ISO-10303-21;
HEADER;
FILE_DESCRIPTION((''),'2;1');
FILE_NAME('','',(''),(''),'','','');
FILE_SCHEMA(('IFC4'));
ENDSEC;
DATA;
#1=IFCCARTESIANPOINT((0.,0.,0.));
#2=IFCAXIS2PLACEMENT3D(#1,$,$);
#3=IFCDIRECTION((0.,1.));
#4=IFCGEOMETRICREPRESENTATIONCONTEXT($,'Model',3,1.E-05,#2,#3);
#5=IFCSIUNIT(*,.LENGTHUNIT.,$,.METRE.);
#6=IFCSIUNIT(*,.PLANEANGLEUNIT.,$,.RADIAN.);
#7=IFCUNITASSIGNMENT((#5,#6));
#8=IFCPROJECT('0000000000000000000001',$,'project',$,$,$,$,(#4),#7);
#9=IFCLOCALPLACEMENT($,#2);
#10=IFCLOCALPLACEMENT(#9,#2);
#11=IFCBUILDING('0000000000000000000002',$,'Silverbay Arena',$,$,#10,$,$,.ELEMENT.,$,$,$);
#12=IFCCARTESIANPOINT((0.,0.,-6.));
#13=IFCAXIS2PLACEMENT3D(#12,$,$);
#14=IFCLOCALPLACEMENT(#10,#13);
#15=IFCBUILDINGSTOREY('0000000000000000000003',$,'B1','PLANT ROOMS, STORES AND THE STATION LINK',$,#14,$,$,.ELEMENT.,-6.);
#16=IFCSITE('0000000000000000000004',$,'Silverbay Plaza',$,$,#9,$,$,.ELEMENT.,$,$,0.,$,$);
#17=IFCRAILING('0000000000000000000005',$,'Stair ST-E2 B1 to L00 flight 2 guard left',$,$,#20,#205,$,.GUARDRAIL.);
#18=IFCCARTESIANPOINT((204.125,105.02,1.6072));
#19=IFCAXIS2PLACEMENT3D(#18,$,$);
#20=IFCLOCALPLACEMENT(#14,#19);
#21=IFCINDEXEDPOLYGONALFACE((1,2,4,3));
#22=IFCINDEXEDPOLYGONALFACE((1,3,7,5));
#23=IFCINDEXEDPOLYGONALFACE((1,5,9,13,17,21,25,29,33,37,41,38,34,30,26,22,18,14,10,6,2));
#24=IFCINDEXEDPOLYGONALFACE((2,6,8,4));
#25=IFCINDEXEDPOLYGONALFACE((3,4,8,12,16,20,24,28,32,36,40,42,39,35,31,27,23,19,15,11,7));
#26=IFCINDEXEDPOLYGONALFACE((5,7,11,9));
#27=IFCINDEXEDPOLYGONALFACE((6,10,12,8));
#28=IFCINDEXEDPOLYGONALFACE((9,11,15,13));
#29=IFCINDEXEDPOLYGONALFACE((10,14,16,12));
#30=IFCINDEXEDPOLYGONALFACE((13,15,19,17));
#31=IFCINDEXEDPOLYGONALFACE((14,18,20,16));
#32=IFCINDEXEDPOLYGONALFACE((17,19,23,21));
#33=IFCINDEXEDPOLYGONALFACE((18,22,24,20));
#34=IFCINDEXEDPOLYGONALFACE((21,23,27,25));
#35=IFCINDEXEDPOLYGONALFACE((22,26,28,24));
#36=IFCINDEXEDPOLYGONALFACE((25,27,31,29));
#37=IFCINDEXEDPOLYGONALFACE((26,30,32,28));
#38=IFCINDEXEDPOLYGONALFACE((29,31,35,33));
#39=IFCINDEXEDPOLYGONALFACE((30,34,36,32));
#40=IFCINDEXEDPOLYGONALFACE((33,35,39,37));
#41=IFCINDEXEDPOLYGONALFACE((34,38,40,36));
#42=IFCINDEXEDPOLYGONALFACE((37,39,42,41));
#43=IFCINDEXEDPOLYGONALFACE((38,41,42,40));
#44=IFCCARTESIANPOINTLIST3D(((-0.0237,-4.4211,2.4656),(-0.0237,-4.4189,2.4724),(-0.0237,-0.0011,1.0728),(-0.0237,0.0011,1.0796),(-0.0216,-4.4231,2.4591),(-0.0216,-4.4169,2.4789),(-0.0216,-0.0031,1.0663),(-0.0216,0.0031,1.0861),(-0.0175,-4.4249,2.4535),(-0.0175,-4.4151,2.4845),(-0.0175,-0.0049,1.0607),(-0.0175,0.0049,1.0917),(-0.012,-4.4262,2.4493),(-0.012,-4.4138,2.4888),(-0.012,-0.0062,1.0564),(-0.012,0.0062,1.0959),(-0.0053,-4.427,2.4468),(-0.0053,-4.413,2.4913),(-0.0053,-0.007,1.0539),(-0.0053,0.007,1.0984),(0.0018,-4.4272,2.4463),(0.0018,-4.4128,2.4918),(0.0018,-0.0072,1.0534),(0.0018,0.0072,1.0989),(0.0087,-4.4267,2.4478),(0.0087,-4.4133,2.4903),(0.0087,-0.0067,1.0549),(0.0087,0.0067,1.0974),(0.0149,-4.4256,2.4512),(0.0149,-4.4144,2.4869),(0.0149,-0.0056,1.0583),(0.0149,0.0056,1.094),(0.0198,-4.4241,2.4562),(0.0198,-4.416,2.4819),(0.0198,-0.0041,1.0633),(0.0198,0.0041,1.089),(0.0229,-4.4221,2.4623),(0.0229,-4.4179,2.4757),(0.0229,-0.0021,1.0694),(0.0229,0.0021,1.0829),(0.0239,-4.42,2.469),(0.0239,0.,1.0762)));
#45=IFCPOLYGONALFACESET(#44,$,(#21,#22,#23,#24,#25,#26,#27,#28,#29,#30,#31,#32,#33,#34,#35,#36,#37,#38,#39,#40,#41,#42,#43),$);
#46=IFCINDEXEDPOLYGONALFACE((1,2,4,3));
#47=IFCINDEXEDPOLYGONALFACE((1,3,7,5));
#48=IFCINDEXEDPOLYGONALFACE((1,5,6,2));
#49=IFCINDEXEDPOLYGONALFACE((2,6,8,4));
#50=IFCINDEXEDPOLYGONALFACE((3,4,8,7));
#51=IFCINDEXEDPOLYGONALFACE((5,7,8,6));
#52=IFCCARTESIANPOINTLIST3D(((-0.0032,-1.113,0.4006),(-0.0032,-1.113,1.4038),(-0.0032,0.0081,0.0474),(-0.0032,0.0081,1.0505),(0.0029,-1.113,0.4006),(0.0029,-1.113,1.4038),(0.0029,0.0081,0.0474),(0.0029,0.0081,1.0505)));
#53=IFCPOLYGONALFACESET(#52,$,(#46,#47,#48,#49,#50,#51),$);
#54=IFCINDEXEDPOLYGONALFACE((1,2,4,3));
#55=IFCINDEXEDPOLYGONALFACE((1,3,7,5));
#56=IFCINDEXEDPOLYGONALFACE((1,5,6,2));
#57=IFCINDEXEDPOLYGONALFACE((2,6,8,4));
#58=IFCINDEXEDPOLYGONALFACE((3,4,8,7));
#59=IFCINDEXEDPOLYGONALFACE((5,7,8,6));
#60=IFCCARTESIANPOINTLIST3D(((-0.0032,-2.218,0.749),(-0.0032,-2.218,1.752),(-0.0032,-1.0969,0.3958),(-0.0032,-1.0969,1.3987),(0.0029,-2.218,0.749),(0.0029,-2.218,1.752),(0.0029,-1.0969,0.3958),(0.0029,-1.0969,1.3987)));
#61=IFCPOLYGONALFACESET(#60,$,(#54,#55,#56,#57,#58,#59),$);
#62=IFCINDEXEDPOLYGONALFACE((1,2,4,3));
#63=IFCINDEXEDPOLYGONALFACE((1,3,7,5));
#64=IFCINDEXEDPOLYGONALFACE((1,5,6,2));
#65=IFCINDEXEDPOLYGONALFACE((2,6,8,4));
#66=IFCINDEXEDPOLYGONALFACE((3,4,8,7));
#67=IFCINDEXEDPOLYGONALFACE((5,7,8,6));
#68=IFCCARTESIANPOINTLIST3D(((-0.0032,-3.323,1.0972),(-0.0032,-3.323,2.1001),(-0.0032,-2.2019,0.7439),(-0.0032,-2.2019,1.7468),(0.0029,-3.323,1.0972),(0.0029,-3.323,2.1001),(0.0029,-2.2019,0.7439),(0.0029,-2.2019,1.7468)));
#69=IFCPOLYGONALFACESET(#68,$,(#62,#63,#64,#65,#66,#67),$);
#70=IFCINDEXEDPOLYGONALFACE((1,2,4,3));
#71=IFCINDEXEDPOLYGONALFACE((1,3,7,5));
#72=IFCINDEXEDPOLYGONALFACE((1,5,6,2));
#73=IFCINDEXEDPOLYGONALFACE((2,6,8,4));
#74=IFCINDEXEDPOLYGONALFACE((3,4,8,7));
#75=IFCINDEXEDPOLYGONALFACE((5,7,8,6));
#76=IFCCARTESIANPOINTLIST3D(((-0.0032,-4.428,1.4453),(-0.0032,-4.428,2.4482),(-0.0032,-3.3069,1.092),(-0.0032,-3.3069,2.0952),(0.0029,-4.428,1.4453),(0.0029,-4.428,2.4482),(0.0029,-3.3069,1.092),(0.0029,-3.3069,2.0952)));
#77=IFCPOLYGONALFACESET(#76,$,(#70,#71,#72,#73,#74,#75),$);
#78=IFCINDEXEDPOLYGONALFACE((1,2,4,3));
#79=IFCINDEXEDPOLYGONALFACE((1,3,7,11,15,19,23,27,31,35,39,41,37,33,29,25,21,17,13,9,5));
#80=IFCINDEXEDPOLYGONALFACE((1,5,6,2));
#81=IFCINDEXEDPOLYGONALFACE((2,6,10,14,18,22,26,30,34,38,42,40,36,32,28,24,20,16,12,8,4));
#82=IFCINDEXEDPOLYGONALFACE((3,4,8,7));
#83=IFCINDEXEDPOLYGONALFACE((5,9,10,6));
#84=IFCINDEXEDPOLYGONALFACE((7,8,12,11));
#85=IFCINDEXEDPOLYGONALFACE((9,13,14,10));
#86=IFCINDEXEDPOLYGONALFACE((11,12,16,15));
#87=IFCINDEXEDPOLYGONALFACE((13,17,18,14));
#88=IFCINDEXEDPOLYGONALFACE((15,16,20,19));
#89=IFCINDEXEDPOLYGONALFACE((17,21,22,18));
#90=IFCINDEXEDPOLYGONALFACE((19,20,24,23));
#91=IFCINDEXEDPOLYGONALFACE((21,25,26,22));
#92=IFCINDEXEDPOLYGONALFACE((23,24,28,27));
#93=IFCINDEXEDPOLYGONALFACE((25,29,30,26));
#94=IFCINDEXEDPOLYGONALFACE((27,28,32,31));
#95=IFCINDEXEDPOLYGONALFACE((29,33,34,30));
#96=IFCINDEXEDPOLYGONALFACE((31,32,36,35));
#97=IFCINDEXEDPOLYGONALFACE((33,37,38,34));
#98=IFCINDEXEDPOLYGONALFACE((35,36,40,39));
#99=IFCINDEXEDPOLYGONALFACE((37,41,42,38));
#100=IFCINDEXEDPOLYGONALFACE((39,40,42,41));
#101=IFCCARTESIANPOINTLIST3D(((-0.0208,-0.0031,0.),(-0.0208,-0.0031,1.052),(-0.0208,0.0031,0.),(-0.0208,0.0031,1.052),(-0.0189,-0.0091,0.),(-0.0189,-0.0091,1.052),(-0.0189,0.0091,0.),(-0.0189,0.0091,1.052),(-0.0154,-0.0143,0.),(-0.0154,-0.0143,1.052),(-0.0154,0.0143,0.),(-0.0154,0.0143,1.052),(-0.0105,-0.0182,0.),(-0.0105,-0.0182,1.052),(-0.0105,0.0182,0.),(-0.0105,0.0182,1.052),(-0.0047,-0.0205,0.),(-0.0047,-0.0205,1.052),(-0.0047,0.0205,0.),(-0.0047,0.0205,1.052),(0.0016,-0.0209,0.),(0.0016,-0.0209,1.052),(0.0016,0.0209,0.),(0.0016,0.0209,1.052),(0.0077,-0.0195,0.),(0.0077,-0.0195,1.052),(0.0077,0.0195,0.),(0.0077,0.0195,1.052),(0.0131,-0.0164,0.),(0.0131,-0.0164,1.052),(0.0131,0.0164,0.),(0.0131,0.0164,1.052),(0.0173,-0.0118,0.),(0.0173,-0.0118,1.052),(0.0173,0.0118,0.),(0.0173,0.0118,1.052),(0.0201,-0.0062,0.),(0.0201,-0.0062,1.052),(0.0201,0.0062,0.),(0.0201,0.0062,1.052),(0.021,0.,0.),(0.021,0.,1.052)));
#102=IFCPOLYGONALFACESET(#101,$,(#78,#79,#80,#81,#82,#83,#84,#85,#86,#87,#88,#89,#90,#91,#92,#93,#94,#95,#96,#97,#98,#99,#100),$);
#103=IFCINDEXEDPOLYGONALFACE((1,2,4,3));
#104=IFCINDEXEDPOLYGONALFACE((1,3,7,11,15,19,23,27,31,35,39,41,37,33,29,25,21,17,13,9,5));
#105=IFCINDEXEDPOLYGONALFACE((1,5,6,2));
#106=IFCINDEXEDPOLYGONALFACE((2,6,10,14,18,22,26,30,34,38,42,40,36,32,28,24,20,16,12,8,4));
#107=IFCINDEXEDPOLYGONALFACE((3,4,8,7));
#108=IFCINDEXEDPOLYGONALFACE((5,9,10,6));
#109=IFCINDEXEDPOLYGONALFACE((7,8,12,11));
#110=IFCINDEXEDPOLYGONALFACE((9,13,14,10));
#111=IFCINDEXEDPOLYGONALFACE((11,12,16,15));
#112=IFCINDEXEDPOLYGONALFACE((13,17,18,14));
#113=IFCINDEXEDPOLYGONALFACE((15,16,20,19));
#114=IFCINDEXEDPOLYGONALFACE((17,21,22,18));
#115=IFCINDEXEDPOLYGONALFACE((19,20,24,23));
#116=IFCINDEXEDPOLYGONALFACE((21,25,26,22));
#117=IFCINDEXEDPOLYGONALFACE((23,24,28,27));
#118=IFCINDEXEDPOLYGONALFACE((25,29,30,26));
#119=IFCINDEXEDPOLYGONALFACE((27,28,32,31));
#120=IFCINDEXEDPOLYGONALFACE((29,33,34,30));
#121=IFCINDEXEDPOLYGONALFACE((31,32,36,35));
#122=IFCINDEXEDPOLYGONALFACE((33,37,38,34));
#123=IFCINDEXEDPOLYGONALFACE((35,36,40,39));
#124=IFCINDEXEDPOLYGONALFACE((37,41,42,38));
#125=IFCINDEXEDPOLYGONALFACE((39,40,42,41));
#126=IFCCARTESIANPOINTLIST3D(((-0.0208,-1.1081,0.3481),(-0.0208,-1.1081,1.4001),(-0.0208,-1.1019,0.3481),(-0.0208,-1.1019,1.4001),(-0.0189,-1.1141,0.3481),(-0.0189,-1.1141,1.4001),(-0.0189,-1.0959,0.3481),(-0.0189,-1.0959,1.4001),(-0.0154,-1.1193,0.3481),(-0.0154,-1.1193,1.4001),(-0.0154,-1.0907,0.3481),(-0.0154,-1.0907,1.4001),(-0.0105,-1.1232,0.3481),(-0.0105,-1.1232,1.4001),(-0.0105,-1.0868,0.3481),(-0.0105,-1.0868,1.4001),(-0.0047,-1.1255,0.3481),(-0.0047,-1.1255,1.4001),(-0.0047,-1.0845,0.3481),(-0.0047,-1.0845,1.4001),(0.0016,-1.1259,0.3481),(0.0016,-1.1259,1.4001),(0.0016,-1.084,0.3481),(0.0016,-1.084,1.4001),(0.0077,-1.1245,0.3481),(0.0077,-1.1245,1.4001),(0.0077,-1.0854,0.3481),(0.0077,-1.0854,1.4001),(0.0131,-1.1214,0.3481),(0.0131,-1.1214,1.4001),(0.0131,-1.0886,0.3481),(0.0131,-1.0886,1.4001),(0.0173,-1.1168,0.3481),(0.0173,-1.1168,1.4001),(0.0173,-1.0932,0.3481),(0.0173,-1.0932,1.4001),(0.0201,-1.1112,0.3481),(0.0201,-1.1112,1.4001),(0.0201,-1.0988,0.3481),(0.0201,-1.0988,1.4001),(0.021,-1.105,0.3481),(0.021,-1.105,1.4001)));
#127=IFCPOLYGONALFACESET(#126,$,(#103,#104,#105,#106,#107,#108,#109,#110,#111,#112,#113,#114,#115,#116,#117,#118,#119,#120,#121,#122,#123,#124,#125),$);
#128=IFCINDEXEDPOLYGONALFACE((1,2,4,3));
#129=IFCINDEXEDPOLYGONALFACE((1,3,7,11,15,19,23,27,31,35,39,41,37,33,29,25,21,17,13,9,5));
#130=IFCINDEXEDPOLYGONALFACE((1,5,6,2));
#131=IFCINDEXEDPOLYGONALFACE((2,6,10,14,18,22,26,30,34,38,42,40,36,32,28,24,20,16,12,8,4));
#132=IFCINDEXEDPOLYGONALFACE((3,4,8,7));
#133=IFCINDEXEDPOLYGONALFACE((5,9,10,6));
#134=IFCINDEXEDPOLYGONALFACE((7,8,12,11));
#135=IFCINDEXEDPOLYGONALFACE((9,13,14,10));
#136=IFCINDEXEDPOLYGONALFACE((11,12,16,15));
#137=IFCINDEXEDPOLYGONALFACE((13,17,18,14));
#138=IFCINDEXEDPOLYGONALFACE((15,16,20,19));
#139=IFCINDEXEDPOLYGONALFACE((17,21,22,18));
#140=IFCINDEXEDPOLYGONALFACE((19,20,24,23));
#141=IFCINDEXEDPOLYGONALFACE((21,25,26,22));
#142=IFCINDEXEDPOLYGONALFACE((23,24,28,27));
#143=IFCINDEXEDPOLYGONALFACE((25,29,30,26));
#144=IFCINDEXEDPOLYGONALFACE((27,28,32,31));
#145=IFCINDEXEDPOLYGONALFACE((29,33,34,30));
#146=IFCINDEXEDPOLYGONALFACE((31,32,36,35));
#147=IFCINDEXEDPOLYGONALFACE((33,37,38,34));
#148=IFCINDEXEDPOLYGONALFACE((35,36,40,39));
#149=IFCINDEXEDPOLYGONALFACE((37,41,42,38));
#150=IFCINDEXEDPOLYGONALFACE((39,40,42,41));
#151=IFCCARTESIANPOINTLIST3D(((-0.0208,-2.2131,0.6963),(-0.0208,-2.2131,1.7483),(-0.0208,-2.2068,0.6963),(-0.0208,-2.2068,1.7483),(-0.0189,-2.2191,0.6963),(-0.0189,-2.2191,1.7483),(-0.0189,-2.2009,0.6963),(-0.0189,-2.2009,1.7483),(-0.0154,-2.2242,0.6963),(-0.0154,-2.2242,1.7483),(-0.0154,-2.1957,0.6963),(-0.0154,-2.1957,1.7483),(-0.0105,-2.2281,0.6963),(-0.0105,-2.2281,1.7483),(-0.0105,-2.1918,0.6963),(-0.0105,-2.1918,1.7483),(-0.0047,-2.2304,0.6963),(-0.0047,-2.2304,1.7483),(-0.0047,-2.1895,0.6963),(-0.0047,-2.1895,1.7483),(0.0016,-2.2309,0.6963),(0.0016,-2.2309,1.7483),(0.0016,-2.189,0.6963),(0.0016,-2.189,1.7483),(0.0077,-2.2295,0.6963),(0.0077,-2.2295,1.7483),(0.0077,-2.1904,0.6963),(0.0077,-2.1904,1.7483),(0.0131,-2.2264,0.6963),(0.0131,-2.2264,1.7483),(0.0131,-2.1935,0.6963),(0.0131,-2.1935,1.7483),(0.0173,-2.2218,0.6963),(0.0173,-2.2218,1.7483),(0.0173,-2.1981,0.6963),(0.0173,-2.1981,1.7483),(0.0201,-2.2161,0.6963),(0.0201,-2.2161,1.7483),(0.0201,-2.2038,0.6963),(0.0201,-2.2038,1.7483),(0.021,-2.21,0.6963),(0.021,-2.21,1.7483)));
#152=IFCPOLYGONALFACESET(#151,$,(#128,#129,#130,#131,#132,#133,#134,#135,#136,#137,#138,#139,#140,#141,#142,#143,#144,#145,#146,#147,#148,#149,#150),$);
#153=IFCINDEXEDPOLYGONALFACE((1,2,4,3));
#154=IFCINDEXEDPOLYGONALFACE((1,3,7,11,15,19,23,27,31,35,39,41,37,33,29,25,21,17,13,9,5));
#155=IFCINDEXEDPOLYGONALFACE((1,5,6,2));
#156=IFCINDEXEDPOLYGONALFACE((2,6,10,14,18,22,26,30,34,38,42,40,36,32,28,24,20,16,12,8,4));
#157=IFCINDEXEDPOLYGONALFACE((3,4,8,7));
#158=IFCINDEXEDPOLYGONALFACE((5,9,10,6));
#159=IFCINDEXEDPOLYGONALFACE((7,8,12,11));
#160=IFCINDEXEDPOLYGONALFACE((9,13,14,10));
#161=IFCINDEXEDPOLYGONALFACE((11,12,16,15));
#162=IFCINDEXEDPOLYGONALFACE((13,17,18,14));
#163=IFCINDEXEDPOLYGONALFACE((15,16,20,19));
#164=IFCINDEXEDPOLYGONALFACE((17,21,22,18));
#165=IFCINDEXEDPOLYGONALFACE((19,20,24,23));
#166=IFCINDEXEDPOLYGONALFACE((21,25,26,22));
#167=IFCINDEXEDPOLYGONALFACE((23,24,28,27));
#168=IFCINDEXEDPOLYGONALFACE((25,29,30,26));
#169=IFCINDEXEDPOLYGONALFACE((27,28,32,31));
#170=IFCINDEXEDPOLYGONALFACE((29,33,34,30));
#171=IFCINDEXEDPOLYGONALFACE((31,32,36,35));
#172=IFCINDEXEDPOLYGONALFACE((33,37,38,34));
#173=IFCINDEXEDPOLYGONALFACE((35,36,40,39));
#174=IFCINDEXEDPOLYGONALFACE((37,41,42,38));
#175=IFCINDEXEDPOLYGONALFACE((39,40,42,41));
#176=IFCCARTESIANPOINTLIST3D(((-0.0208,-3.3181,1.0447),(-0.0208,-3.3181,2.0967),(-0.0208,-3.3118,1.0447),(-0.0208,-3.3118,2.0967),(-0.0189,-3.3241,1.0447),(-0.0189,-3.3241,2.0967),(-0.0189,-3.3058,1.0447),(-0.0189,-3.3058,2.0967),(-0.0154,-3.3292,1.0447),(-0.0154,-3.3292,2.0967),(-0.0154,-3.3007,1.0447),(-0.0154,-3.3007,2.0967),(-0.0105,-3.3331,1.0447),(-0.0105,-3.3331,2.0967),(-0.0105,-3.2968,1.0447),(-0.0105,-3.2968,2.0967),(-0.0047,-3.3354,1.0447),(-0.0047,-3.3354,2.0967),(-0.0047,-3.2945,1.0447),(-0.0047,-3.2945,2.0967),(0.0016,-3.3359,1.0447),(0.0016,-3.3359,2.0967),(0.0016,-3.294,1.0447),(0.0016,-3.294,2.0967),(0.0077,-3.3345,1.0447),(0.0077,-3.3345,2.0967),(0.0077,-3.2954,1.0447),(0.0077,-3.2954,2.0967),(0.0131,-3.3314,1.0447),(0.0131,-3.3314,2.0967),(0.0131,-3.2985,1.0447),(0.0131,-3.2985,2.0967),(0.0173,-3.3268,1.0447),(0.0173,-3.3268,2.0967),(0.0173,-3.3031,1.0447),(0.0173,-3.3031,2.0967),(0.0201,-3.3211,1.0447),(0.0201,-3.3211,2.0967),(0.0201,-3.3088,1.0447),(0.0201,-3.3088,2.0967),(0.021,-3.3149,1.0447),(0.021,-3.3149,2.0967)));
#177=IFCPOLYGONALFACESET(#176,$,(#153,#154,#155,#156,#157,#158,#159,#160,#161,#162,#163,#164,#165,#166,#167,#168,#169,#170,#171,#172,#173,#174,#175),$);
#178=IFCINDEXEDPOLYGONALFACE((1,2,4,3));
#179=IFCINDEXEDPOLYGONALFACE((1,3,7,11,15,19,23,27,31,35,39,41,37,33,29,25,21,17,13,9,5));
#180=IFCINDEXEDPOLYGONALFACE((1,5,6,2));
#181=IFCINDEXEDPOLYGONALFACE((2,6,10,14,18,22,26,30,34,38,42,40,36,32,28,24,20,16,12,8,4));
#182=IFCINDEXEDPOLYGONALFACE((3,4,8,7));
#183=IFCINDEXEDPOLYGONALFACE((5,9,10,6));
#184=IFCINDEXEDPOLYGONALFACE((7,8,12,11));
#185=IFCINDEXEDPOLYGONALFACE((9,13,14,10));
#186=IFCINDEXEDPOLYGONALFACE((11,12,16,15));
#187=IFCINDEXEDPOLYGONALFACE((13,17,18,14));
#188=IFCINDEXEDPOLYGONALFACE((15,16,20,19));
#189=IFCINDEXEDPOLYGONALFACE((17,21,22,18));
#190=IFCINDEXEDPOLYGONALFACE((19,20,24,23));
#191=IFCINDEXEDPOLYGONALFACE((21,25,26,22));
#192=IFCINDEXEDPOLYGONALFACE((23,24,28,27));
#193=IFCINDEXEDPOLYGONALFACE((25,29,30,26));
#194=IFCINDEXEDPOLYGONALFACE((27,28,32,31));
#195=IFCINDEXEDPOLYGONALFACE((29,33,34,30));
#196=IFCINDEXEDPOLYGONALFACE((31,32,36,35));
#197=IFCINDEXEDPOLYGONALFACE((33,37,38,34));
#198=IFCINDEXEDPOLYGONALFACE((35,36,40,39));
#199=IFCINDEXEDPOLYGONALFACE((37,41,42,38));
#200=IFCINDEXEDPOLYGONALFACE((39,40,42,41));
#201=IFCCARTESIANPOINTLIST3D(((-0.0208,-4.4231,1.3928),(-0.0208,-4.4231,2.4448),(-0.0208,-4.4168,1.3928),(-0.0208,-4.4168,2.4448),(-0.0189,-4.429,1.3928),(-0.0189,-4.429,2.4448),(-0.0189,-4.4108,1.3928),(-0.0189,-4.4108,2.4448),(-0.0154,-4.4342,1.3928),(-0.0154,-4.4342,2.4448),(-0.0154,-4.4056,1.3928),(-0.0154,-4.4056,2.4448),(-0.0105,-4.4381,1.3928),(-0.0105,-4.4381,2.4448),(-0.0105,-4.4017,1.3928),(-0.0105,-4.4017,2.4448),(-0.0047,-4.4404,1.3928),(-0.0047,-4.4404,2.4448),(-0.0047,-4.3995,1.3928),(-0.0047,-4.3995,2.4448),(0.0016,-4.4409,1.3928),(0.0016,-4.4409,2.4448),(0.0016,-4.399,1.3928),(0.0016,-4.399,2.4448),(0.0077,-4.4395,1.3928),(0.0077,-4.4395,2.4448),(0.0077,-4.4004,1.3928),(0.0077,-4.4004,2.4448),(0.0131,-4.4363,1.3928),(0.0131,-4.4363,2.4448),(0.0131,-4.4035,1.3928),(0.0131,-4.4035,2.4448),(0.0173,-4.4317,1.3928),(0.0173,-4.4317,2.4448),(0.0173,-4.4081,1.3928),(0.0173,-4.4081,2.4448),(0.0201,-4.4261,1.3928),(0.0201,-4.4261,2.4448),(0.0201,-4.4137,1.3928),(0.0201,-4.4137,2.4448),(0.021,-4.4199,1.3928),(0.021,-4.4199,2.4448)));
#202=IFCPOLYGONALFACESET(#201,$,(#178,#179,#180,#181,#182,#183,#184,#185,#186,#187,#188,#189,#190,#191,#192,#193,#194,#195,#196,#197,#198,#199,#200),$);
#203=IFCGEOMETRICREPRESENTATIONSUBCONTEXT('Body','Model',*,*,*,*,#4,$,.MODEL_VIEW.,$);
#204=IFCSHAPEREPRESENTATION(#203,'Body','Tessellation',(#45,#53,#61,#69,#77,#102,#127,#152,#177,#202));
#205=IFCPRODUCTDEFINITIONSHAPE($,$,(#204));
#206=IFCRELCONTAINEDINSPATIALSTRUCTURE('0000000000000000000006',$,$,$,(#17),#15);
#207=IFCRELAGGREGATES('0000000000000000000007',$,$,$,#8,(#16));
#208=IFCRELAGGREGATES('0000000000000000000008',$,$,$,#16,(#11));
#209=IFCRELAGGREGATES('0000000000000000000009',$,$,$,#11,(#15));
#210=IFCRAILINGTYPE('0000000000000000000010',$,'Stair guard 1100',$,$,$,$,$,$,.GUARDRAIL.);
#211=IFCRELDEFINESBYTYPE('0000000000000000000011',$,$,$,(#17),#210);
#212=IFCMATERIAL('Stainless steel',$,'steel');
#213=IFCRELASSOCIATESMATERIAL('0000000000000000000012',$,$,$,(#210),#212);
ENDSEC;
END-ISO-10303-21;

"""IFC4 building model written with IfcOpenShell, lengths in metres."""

from ifc_helpers import new_model, si_unit, direction, frame, origin, origin_2d, place, context, subcontext, project, spatial, polyline, circle, outline, extrude, material, type_object, element, save


model = new_model("IFC4")

# Units and contexts
model_context = context("Model", 3, precision=1e-05, world=origin(), true_north=direction((0.0, 1.0)))
body_context = subcontext(model_context, "Body", "Model", "MODEL_VIEW")
ifc_project = project(units=[si_unit("LENGTHUNIT", "METRE"), si_unit("PLANEANGLEUNIT", "RADIAN")], contexts=[model_context])

# Site, building, storey
site_placement = place(None, origin())
site = spatial("IfcSite", under=ifc_project, at=site_placement, Name="Silverbay Plaza", CompositionType="ELEMENT", RefElevation=0.0)
building_placement = place(site_placement, origin())
building = spatial("IfcBuilding", under=site, at=building_placement, Name="Silverbay Arena", CompositionType="ELEMENT")
storey_placement = place(building_placement, frame((0.0, 0.0, -6.0)))
storey = spatial("IfcBuildingStorey", under=building, at=storey_placement, Name="B1", Description="PLANT ROOMS, STORES AND THE STATION LINK", CompositionType="ELEMENT", Elevation=-6.0)

# Railing
ifc_material_1 = material(Name="Stainless steel", Category="steel")
railing_type_1 = type_object("IfcRailingType", Name="Stair guard 1100", PredefinedType="GUARDRAIL", material=ifc_material_1)
railing_1_placement = place(storey_placement, frame((204.125, 105.02, 1.6072)))
element("IfcRailing", 1, at=railing_1_placement, inside=storey, type_object=railing_type_1, Name="Stair ST-E2 B1 to L00 flight 2 guard left", PredefinedType="GUARDRAIL", context=body_context, shape_type="SweptSolid", body=[
    extrude(circle(Radius=0.0239, at=origin_2d()), frame((0.0, 0.0, 1.0762), z_axis=(0.0, -0.953765, 0.300554), x_axis=(1.0, 0.0, 0.0)), (0.0, 0.0, 1.0), 4.6343),
    extrude(outline(polyline([(-0.0081, 0.0474), (1.113, 0.4006), (1.113, 1.4038), (-0.0081, 1.0505), (-0.0081, 0.0474)])), frame((0.0029, 0.0, 0.0), z_axis=(-1.0, 0.0, 0.0), x_axis=(0.0, -1.0, 0.0)), (0.0, 0.0, 1.0), 0.0061),
    extrude(outline(polyline([(-0.0081, 0.3958), (1.113, 0.749), (1.113, 1.752), (-0.0081, 1.3987), (-0.0081, 0.3958)])), frame((0.0029, -1.105, 0.0), z_axis=(-1.0, 0.0, 0.0), x_axis=(0.0, -1.0, 0.0)), (0.0, 0.0, 1.0), 0.0061),
    extrude(outline(polyline([(-0.0081, 0.7439), (1.113, 1.0972), (1.113, 2.1001), (-0.0081, 1.7468), (-0.0081, 0.7439)])), frame((0.0029, -2.21, 0.0), z_axis=(-1.0, 0.0, 0.0), x_axis=(0.0, -1.0, 0.0)), (0.0, 0.0, 1.0), 0.0061),
    extrude(outline(polyline([(-0.0081, 1.092), (1.113, 1.4453), (1.113, 2.4482), (-0.0081, 2.0952), (-0.0081, 1.092)])), frame((0.0029, -3.3149, 0.0), z_axis=(-1.0, 0.0, 0.0), x_axis=(0.0, -1.0, 0.0)), (0.0, 0.0, 1.0), 0.0061),
    extrude(circle(Radius=0.021, at=origin_2d()), origin(), (0.0, 0.0, 1.0), 1.052),
    extrude(circle(Radius=0.021, at=origin_2d()), frame((0.0, -1.105, 0.3481)), (0.0, 0.0, 1.0), 1.052),
    extrude(circle(Radius=0.021, at=origin_2d()), frame((0.0, -2.21, 0.6963)), (0.0, 0.0, 1.0), 1.052),
    extrude(circle(Radius=0.021, at=origin_2d()), frame((0.0, -3.3149, 1.0447)), (0.0, 0.0, 1.0), 1.052),
    extrude(circle(Radius=0.021, at=origin_2d()), frame((0.0, -4.4199, 1.3928)), (0.0, 0.0, 1.0), 1.052),
])

save(model, "model.ifc")
